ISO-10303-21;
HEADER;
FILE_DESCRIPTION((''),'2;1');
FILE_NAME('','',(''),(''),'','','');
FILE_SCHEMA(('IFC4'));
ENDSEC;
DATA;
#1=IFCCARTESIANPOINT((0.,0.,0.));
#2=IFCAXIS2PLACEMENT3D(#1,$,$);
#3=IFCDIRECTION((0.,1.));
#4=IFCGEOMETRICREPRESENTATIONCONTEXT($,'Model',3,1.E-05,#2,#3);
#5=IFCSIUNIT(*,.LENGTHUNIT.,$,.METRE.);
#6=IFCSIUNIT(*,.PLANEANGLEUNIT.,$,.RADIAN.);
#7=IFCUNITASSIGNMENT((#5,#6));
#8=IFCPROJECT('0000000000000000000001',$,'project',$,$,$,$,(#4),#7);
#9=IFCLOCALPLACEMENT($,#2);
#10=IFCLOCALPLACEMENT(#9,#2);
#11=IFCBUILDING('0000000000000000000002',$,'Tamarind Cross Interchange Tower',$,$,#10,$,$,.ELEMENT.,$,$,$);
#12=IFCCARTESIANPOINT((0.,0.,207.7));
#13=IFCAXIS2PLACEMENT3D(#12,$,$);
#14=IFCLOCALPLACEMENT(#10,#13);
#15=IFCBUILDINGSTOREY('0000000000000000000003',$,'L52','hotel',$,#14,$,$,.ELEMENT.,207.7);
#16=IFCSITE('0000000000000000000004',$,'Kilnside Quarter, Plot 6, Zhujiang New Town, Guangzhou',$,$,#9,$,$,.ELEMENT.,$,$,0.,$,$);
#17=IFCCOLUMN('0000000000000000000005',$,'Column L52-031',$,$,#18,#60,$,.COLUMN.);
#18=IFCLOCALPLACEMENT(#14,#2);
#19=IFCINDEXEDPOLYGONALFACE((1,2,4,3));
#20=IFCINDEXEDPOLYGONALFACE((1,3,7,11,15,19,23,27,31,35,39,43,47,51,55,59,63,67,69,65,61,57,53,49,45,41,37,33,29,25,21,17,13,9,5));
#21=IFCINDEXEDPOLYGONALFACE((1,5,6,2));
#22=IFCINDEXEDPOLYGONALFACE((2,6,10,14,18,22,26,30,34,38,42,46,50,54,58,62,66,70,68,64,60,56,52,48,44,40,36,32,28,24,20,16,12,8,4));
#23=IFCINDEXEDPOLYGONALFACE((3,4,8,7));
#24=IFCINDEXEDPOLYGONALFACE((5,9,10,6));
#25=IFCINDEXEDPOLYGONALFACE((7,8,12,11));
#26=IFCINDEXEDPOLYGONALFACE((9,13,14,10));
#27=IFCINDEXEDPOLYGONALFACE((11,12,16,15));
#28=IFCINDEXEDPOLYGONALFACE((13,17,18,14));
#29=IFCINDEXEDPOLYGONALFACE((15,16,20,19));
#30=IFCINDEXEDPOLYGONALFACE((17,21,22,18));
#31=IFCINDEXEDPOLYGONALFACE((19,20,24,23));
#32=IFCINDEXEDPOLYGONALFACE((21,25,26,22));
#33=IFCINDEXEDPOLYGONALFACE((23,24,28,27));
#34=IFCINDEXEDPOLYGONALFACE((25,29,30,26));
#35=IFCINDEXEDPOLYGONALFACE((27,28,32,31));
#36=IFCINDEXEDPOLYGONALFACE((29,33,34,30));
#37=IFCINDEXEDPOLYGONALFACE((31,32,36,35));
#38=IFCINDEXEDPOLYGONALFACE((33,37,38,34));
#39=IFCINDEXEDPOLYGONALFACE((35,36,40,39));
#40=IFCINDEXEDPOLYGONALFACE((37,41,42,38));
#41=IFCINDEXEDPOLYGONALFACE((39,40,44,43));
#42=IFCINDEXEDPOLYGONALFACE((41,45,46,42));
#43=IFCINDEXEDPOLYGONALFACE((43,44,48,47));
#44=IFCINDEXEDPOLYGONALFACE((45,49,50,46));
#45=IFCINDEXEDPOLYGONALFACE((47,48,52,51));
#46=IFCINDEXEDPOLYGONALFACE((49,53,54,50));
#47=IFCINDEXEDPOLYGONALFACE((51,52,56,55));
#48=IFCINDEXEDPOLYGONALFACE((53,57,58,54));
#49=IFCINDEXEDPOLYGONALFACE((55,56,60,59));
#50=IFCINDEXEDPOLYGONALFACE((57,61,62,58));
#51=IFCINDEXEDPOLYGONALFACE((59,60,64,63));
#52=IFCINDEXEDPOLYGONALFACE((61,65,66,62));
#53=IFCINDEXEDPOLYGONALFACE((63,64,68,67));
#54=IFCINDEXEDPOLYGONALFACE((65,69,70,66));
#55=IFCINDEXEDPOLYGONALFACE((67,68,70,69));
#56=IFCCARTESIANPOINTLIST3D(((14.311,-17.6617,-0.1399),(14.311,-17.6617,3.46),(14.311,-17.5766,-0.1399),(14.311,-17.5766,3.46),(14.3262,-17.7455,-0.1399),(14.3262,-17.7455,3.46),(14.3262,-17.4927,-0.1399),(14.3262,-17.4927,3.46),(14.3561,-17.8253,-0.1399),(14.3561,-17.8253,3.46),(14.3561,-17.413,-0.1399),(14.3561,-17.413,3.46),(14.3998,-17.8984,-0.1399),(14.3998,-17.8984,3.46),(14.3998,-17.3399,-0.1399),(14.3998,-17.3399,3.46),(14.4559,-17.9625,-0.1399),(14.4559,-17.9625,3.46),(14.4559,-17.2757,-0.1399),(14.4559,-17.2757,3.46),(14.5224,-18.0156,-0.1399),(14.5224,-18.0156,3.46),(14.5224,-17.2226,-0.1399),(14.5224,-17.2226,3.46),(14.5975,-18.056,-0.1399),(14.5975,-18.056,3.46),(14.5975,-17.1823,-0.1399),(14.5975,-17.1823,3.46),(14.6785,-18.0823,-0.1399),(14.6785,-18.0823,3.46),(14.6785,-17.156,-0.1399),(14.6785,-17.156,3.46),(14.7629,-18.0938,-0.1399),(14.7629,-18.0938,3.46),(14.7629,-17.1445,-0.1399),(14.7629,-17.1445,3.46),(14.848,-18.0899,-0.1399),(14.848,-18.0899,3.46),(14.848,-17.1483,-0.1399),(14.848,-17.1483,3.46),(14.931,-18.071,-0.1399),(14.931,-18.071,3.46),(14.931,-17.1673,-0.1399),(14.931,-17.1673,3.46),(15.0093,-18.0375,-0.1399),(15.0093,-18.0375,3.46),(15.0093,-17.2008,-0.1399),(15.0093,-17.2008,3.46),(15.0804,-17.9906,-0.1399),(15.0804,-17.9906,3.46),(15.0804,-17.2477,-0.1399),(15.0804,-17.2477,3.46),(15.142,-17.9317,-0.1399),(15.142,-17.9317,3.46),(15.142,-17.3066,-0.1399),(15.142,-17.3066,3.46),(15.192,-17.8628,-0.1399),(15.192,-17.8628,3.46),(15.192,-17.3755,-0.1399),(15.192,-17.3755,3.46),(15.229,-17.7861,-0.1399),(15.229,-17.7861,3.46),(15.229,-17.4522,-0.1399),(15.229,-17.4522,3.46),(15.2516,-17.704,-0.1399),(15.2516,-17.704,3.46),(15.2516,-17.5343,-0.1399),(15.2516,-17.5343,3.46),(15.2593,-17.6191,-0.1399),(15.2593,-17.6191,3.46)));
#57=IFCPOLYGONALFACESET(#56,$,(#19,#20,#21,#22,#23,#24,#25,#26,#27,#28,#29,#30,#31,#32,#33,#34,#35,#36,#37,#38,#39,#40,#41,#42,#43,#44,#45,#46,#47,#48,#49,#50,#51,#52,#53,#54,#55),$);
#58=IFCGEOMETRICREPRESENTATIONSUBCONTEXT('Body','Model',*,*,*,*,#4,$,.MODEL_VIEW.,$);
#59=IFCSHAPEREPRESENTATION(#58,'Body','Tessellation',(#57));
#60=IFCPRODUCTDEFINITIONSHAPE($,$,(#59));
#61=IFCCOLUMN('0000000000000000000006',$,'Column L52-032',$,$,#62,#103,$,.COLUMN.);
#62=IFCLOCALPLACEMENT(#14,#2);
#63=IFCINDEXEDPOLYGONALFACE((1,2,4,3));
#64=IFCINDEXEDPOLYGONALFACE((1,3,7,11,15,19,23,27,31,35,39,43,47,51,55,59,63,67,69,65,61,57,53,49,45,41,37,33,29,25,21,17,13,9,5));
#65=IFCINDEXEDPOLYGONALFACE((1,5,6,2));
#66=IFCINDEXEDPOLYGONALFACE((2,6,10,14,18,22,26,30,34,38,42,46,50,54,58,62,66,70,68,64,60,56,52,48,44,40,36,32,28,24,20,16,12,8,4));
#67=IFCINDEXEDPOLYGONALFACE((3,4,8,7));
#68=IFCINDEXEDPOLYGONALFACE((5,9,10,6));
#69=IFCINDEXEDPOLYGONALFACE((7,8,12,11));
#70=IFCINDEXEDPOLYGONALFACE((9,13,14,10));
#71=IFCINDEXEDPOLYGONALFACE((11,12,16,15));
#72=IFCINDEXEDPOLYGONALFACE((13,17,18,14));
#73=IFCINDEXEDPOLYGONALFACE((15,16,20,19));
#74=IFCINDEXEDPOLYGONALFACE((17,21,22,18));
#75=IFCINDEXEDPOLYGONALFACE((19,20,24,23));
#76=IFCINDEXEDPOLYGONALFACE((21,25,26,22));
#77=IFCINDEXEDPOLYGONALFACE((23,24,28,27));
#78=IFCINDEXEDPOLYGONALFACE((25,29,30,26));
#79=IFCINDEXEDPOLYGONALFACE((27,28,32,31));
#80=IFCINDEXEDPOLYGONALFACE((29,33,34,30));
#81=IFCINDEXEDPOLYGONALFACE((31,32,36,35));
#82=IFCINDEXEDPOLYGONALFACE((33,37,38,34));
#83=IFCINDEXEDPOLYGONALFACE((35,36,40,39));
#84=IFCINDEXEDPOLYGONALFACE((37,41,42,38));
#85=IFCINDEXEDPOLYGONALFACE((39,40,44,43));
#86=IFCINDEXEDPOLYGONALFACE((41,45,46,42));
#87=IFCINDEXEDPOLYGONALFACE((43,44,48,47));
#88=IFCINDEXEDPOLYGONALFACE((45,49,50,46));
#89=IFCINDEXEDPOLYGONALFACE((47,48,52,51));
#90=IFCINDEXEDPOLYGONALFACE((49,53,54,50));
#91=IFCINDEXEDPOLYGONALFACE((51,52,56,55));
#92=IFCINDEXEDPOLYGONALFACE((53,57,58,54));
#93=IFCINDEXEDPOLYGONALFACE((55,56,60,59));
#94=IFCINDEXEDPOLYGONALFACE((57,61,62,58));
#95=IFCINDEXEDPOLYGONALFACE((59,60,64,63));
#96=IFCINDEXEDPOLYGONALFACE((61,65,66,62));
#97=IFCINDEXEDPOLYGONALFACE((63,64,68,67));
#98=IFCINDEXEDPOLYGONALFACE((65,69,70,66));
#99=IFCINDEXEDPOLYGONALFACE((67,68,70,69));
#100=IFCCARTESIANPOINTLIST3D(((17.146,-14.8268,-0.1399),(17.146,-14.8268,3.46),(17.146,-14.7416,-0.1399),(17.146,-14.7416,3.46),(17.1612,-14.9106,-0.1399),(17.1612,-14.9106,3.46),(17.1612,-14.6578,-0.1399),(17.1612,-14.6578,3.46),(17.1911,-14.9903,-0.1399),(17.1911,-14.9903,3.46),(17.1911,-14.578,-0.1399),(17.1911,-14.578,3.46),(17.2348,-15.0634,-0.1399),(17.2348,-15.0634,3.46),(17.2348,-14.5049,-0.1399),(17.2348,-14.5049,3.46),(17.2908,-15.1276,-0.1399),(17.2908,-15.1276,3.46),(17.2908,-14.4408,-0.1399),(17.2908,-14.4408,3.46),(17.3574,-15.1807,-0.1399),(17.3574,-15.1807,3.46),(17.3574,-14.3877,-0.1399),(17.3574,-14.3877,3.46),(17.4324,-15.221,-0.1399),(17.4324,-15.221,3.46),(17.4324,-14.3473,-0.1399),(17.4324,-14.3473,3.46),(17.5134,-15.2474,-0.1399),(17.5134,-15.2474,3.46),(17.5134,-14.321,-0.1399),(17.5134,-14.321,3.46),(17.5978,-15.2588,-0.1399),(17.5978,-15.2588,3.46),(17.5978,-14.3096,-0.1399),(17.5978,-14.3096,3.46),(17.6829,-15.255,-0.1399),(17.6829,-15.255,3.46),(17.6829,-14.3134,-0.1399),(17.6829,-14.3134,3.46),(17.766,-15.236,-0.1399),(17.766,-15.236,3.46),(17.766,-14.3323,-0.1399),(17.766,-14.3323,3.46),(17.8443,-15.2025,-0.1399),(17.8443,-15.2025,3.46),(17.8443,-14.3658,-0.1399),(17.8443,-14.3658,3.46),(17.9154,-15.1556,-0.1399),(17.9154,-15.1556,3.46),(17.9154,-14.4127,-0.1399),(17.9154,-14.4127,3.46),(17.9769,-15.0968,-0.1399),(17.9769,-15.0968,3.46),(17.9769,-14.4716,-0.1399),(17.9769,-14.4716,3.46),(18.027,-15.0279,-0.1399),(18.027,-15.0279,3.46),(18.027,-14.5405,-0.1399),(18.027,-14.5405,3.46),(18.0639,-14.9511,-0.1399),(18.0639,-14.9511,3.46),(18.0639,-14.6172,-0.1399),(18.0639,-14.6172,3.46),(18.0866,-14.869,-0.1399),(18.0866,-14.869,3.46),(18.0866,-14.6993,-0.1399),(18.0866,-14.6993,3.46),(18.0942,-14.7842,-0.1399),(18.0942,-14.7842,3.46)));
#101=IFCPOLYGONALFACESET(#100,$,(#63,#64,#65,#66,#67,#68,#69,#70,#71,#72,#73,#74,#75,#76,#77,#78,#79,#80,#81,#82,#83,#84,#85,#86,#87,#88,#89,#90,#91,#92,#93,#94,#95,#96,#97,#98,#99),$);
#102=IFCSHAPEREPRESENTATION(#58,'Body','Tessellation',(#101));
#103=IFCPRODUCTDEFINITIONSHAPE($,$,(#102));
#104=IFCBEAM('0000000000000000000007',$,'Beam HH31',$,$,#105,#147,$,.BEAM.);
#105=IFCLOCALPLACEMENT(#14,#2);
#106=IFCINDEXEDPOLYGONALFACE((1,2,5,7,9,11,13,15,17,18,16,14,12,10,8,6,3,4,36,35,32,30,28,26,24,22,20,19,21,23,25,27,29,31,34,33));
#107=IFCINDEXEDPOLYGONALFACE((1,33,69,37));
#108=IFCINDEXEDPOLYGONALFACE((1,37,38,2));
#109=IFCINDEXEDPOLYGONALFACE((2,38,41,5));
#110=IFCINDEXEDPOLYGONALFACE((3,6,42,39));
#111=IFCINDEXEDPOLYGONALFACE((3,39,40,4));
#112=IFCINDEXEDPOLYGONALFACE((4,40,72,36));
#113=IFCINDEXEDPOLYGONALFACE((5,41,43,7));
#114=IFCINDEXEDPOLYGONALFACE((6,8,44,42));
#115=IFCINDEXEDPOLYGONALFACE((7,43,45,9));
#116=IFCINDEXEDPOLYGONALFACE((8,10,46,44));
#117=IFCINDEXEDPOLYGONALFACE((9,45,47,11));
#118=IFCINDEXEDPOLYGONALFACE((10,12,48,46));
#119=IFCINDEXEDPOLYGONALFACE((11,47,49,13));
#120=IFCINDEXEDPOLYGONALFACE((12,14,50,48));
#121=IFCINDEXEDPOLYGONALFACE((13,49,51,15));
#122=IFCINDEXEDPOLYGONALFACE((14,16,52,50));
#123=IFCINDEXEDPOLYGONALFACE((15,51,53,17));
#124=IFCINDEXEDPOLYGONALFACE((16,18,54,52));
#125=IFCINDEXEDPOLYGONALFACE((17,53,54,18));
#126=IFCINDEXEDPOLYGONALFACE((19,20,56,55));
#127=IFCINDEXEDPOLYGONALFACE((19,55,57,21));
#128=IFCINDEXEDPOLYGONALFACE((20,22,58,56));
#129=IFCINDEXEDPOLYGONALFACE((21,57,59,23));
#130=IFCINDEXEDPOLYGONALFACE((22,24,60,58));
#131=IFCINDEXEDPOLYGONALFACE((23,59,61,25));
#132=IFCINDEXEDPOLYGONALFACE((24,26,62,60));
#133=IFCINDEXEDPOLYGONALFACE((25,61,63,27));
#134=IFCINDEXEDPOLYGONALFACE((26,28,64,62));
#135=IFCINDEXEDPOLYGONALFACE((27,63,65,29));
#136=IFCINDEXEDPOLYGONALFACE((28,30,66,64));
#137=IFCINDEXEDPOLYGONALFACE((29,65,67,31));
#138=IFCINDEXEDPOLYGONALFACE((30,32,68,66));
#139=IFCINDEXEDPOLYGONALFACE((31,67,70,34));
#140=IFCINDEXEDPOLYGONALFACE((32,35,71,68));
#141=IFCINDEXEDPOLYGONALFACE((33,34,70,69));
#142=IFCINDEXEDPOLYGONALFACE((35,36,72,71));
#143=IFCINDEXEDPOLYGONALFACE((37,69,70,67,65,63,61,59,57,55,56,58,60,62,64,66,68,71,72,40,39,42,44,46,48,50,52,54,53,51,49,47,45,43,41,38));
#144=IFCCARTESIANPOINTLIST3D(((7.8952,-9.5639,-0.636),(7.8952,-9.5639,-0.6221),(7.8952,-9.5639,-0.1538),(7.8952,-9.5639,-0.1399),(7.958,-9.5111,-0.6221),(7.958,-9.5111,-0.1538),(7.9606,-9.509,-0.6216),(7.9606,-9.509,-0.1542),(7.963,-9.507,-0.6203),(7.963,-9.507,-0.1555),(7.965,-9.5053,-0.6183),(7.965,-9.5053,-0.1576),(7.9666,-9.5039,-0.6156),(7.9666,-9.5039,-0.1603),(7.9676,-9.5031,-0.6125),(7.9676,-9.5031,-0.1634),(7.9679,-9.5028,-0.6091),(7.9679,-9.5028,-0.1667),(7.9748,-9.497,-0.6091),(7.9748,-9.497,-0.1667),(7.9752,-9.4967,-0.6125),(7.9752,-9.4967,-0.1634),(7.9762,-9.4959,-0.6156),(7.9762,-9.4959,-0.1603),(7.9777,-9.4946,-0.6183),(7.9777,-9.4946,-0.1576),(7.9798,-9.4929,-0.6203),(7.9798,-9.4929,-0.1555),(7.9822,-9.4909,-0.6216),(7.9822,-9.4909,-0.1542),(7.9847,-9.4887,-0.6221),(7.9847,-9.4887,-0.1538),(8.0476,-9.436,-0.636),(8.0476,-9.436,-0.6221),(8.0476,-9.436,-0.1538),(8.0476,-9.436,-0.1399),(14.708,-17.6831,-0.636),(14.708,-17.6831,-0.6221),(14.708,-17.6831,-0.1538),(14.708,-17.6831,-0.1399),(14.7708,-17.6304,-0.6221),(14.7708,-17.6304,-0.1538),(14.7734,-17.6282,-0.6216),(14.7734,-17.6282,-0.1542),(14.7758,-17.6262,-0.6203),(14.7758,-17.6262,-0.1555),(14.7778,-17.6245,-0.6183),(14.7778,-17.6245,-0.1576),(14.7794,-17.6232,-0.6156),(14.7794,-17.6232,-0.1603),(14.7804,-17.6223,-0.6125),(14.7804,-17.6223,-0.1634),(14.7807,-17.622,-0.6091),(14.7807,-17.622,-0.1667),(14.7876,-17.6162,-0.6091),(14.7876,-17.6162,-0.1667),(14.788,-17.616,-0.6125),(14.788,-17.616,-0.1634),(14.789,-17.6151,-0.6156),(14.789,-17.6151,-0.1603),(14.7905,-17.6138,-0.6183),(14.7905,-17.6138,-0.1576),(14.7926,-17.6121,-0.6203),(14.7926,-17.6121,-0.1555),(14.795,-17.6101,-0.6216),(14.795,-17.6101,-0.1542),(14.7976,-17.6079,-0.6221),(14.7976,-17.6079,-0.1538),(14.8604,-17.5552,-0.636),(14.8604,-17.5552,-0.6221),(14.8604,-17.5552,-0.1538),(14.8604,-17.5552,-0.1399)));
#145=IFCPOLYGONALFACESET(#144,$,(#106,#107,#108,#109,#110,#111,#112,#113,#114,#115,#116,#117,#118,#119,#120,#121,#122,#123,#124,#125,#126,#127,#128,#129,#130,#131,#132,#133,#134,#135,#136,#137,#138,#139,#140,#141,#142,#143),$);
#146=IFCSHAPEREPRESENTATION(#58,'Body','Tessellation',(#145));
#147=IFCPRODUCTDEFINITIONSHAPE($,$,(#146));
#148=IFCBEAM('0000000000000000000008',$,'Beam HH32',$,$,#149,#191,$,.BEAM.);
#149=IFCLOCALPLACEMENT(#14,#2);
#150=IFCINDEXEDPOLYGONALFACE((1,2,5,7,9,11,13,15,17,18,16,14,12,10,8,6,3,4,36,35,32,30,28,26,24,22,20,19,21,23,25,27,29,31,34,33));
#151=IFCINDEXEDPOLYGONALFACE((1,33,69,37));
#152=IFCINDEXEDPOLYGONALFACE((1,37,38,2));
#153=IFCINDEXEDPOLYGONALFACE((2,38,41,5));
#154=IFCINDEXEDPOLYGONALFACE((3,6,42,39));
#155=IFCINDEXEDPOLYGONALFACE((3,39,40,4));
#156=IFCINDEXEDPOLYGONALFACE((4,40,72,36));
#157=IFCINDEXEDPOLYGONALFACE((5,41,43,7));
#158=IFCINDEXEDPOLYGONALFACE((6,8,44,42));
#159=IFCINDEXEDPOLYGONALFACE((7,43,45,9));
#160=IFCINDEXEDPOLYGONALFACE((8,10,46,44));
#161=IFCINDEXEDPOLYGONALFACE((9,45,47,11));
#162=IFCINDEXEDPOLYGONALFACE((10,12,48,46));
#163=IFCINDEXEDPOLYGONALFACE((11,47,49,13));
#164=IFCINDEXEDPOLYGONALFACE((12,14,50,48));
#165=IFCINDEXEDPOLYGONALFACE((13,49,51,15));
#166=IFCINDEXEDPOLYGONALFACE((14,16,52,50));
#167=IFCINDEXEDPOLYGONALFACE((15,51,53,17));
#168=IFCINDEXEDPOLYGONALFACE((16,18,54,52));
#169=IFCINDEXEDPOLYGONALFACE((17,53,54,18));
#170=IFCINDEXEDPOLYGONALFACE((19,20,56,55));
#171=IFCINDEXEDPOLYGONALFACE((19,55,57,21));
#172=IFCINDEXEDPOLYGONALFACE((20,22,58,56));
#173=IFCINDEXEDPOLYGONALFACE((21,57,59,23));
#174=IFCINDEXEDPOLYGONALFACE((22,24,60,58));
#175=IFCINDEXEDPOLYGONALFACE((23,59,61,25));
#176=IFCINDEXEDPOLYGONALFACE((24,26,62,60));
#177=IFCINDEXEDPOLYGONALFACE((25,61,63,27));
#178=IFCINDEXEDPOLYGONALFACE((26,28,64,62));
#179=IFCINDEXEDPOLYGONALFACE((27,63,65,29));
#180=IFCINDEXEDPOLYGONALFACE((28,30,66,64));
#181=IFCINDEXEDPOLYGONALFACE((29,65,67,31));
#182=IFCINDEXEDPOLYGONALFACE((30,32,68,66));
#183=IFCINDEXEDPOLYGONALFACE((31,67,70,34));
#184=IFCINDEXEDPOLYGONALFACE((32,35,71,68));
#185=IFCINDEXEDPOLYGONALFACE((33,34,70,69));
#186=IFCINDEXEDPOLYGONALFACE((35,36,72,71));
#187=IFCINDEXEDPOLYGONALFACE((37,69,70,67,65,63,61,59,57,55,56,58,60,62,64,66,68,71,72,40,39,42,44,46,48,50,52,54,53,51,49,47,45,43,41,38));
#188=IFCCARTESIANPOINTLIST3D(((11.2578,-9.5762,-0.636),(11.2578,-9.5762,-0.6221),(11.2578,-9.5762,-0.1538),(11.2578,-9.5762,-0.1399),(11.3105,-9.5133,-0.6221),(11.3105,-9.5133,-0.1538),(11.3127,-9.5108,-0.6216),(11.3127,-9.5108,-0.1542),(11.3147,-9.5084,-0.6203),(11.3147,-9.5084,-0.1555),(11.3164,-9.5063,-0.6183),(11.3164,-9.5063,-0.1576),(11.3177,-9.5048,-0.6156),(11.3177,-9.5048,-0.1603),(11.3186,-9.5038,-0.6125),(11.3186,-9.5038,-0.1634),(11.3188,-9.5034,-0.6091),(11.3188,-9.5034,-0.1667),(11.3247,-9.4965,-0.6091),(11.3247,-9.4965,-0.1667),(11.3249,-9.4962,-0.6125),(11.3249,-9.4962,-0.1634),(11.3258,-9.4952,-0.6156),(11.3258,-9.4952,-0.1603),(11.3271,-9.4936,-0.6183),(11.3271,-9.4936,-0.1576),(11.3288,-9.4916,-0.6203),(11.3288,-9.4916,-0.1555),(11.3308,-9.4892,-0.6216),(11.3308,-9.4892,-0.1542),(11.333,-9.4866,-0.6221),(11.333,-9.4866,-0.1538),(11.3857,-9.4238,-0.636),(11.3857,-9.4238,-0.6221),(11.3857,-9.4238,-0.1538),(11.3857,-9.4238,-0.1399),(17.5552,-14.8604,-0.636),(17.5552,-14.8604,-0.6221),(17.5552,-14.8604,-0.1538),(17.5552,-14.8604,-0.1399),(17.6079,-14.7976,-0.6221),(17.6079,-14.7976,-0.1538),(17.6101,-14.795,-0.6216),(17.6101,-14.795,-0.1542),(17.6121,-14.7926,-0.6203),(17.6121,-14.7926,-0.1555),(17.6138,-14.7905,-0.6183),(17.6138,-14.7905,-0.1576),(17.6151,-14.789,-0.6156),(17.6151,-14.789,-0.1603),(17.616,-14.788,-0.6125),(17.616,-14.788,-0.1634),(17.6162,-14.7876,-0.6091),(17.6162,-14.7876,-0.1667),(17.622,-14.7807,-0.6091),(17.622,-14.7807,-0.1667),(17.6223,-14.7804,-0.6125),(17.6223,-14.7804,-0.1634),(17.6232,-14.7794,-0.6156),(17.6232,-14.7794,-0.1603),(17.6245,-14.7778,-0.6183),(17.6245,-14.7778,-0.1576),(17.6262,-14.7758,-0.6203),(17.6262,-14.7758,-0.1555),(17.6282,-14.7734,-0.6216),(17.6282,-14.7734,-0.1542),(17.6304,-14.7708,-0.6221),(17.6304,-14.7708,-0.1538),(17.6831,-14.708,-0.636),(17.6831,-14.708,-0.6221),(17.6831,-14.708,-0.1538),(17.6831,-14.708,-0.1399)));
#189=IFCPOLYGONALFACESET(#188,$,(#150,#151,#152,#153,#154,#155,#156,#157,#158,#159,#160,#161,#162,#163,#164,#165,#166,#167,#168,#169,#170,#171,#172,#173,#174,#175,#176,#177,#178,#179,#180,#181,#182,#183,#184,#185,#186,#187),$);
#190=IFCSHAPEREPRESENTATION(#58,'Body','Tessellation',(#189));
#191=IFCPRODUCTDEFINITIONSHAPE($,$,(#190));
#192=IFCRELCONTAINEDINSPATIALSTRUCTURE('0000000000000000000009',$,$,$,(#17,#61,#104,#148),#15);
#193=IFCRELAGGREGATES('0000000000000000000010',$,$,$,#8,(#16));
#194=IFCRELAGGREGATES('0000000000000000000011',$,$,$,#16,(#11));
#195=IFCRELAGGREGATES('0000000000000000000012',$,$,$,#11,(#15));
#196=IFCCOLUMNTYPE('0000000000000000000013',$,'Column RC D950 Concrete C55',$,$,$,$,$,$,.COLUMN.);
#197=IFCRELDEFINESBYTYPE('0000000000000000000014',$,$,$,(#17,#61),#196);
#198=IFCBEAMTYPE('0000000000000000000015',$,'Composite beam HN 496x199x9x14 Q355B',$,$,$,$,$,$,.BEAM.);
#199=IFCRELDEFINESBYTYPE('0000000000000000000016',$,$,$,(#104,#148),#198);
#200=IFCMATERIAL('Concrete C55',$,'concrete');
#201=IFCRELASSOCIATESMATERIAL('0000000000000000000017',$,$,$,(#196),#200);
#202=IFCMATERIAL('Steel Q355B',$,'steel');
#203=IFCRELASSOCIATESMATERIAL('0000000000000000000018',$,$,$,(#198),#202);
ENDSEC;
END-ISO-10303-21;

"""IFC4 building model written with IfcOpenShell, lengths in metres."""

from ifc_helpers import new_model, si_unit, direction, frame, origin, origin_2d, place, context, subcontext, project, spatial, circle, i_section, extrude, material, material_profile, profile_set, type_object, element, save


model = new_model("IFC4")

# Units and contexts
model_context = context("Model", 3, precision=1e-05, world=origin(), true_north=direction((0.0, 1.0)))
body_context = subcontext(model_context, "Body", "Model", "MODEL_VIEW")
ifc_project = project(units=[si_unit("LENGTHUNIT", "METRE"), si_unit("PLANEANGLEUNIT", "RADIAN")], contexts=[model_context])

# Site, building, storey
site_placement = place(None, origin())
site = spatial("IfcSite", under=ifc_project, at=site_placement, Name="Kilnside Quarter, Plot 6, Zhujiang New Town, Guangzhou", CompositionType="ELEMENT", RefElevation=0.0)
building_placement = place(site_placement, origin())
building = spatial("IfcBuilding", under=site, at=building_placement, Name="Tamarind Cross Interchange Tower", CompositionType="ELEMENT")
storey_placement = place(building_placement, frame((0.0, 0.0, 207.7)))
storey = spatial("IfcBuildingStorey", under=building, at=storey_placement, Name="L52", Description="hotel", CompositionType="ELEMENT", Elevation=207.7)

# Columns
ifc_material_1 = material(Name="Concrete C55", Category="concrete")
ifc_material_profile_1 = material_profile(ifc_material_1, circle(Radius=0.4751, at=origin_2d()), Name="RC D950")
ifc_profile_set_1 = profile_set([ifc_material_profile_1], Name="Concrete C55")
column_type = type_object("IfcColumnType", Name="Column RC D950 Concrete C55", PredefinedType="COLUMN", material=ifc_profile_set_1)
for number, where, z_axis, x_axis, name in (
    (1, (14.7842, -17.6191, -0.1399), (0.0, 0.0, 1.0), (1.0, 0.0, 0.0), "Column L52-031"),
    (2, (17.6191, -14.7842, -0.1399), (0.0, 0.0, 1.0), (1.0, 0.0, 0.0), "Column L52-032"),
):
    element("IfcColumn", number, at=place(storey_placement, frame(where, z_axis=z_axis, x_axis=x_axis)), inside=storey, type_object=column_type, Name=name, PredefinedType="COLUMN", context=body_context, shape_type="SweptSolid", body=[
        extrude(circle(Radius=0.4751, at=origin_2d()), origin(), (0.0, 0.0, 1.0), 3.5999),
    ])

# Beams
ifc_material_2 = material(Name="Steel Q355B", Category="steel")
ifc_material_profile_2 = material_profile(ifc_material_2, i_section(OverallWidth=0.199, OverallDepth=0.4961, WebThickness=0.009, FlangeThickness=0.0139, FilletRadius=0.0129, at=origin_2d()), Name="HN 496x199x9x14")
ifc_profile_set_2 = profile_set([ifc_material_profile_2], Name="Steel Q355B")
beam_type = type_object("IfcBeamType", Name="Composite beam HN 496x199x9x14 Q355B", PredefinedType="BEAM", material=ifc_profile_set_2)
beam_1_placement = place(storey_placement, frame((14.7842, -17.6191, -0.3879), z_axis=(-0.642786, 0.766046, 0.0), x_axis=(-0.766046, -0.642786, 0.0)))
element("IfcBeam", 3, at=beam_1_placement, inside=storey, type_object=beam_type, Name="Beam HH31", PredefinedType="BEAM", context=body_context, shape_type="SweptSolid", body=[
    extrude(i_section(OverallWidth=0.199, OverallDepth=0.4961, WebThickness=0.009, FlangeThickness=0.0139, FilletRadius=0.0129, at=origin_2d()), origin(), (0.0, 0.0, 1.0), 10.5989),
])
beam_2_placement = place(storey_placement, frame((17.6191, -14.7842, -0.3879), z_axis=(-0.766041, 0.642792, 0.0), x_axis=(-0.642792, -0.766041, 0.0)))
element("IfcBeam", 4, at=beam_2_placement, inside=storey, type_object=beam_type, Name="Beam HH32", PredefinedType="BEAM", context=body_context, shape_type="SweptSolid", body=[
    extrude(i_section(OverallWidth=0.199, OverallDepth=0.4961, WebThickness=0.009, FlangeThickness=0.0139, FilletRadius=0.0129, at=origin_2d()), origin(), (0.0, 0.0, 1.0), 8.2207),
])

save(model, "model.ifc")
